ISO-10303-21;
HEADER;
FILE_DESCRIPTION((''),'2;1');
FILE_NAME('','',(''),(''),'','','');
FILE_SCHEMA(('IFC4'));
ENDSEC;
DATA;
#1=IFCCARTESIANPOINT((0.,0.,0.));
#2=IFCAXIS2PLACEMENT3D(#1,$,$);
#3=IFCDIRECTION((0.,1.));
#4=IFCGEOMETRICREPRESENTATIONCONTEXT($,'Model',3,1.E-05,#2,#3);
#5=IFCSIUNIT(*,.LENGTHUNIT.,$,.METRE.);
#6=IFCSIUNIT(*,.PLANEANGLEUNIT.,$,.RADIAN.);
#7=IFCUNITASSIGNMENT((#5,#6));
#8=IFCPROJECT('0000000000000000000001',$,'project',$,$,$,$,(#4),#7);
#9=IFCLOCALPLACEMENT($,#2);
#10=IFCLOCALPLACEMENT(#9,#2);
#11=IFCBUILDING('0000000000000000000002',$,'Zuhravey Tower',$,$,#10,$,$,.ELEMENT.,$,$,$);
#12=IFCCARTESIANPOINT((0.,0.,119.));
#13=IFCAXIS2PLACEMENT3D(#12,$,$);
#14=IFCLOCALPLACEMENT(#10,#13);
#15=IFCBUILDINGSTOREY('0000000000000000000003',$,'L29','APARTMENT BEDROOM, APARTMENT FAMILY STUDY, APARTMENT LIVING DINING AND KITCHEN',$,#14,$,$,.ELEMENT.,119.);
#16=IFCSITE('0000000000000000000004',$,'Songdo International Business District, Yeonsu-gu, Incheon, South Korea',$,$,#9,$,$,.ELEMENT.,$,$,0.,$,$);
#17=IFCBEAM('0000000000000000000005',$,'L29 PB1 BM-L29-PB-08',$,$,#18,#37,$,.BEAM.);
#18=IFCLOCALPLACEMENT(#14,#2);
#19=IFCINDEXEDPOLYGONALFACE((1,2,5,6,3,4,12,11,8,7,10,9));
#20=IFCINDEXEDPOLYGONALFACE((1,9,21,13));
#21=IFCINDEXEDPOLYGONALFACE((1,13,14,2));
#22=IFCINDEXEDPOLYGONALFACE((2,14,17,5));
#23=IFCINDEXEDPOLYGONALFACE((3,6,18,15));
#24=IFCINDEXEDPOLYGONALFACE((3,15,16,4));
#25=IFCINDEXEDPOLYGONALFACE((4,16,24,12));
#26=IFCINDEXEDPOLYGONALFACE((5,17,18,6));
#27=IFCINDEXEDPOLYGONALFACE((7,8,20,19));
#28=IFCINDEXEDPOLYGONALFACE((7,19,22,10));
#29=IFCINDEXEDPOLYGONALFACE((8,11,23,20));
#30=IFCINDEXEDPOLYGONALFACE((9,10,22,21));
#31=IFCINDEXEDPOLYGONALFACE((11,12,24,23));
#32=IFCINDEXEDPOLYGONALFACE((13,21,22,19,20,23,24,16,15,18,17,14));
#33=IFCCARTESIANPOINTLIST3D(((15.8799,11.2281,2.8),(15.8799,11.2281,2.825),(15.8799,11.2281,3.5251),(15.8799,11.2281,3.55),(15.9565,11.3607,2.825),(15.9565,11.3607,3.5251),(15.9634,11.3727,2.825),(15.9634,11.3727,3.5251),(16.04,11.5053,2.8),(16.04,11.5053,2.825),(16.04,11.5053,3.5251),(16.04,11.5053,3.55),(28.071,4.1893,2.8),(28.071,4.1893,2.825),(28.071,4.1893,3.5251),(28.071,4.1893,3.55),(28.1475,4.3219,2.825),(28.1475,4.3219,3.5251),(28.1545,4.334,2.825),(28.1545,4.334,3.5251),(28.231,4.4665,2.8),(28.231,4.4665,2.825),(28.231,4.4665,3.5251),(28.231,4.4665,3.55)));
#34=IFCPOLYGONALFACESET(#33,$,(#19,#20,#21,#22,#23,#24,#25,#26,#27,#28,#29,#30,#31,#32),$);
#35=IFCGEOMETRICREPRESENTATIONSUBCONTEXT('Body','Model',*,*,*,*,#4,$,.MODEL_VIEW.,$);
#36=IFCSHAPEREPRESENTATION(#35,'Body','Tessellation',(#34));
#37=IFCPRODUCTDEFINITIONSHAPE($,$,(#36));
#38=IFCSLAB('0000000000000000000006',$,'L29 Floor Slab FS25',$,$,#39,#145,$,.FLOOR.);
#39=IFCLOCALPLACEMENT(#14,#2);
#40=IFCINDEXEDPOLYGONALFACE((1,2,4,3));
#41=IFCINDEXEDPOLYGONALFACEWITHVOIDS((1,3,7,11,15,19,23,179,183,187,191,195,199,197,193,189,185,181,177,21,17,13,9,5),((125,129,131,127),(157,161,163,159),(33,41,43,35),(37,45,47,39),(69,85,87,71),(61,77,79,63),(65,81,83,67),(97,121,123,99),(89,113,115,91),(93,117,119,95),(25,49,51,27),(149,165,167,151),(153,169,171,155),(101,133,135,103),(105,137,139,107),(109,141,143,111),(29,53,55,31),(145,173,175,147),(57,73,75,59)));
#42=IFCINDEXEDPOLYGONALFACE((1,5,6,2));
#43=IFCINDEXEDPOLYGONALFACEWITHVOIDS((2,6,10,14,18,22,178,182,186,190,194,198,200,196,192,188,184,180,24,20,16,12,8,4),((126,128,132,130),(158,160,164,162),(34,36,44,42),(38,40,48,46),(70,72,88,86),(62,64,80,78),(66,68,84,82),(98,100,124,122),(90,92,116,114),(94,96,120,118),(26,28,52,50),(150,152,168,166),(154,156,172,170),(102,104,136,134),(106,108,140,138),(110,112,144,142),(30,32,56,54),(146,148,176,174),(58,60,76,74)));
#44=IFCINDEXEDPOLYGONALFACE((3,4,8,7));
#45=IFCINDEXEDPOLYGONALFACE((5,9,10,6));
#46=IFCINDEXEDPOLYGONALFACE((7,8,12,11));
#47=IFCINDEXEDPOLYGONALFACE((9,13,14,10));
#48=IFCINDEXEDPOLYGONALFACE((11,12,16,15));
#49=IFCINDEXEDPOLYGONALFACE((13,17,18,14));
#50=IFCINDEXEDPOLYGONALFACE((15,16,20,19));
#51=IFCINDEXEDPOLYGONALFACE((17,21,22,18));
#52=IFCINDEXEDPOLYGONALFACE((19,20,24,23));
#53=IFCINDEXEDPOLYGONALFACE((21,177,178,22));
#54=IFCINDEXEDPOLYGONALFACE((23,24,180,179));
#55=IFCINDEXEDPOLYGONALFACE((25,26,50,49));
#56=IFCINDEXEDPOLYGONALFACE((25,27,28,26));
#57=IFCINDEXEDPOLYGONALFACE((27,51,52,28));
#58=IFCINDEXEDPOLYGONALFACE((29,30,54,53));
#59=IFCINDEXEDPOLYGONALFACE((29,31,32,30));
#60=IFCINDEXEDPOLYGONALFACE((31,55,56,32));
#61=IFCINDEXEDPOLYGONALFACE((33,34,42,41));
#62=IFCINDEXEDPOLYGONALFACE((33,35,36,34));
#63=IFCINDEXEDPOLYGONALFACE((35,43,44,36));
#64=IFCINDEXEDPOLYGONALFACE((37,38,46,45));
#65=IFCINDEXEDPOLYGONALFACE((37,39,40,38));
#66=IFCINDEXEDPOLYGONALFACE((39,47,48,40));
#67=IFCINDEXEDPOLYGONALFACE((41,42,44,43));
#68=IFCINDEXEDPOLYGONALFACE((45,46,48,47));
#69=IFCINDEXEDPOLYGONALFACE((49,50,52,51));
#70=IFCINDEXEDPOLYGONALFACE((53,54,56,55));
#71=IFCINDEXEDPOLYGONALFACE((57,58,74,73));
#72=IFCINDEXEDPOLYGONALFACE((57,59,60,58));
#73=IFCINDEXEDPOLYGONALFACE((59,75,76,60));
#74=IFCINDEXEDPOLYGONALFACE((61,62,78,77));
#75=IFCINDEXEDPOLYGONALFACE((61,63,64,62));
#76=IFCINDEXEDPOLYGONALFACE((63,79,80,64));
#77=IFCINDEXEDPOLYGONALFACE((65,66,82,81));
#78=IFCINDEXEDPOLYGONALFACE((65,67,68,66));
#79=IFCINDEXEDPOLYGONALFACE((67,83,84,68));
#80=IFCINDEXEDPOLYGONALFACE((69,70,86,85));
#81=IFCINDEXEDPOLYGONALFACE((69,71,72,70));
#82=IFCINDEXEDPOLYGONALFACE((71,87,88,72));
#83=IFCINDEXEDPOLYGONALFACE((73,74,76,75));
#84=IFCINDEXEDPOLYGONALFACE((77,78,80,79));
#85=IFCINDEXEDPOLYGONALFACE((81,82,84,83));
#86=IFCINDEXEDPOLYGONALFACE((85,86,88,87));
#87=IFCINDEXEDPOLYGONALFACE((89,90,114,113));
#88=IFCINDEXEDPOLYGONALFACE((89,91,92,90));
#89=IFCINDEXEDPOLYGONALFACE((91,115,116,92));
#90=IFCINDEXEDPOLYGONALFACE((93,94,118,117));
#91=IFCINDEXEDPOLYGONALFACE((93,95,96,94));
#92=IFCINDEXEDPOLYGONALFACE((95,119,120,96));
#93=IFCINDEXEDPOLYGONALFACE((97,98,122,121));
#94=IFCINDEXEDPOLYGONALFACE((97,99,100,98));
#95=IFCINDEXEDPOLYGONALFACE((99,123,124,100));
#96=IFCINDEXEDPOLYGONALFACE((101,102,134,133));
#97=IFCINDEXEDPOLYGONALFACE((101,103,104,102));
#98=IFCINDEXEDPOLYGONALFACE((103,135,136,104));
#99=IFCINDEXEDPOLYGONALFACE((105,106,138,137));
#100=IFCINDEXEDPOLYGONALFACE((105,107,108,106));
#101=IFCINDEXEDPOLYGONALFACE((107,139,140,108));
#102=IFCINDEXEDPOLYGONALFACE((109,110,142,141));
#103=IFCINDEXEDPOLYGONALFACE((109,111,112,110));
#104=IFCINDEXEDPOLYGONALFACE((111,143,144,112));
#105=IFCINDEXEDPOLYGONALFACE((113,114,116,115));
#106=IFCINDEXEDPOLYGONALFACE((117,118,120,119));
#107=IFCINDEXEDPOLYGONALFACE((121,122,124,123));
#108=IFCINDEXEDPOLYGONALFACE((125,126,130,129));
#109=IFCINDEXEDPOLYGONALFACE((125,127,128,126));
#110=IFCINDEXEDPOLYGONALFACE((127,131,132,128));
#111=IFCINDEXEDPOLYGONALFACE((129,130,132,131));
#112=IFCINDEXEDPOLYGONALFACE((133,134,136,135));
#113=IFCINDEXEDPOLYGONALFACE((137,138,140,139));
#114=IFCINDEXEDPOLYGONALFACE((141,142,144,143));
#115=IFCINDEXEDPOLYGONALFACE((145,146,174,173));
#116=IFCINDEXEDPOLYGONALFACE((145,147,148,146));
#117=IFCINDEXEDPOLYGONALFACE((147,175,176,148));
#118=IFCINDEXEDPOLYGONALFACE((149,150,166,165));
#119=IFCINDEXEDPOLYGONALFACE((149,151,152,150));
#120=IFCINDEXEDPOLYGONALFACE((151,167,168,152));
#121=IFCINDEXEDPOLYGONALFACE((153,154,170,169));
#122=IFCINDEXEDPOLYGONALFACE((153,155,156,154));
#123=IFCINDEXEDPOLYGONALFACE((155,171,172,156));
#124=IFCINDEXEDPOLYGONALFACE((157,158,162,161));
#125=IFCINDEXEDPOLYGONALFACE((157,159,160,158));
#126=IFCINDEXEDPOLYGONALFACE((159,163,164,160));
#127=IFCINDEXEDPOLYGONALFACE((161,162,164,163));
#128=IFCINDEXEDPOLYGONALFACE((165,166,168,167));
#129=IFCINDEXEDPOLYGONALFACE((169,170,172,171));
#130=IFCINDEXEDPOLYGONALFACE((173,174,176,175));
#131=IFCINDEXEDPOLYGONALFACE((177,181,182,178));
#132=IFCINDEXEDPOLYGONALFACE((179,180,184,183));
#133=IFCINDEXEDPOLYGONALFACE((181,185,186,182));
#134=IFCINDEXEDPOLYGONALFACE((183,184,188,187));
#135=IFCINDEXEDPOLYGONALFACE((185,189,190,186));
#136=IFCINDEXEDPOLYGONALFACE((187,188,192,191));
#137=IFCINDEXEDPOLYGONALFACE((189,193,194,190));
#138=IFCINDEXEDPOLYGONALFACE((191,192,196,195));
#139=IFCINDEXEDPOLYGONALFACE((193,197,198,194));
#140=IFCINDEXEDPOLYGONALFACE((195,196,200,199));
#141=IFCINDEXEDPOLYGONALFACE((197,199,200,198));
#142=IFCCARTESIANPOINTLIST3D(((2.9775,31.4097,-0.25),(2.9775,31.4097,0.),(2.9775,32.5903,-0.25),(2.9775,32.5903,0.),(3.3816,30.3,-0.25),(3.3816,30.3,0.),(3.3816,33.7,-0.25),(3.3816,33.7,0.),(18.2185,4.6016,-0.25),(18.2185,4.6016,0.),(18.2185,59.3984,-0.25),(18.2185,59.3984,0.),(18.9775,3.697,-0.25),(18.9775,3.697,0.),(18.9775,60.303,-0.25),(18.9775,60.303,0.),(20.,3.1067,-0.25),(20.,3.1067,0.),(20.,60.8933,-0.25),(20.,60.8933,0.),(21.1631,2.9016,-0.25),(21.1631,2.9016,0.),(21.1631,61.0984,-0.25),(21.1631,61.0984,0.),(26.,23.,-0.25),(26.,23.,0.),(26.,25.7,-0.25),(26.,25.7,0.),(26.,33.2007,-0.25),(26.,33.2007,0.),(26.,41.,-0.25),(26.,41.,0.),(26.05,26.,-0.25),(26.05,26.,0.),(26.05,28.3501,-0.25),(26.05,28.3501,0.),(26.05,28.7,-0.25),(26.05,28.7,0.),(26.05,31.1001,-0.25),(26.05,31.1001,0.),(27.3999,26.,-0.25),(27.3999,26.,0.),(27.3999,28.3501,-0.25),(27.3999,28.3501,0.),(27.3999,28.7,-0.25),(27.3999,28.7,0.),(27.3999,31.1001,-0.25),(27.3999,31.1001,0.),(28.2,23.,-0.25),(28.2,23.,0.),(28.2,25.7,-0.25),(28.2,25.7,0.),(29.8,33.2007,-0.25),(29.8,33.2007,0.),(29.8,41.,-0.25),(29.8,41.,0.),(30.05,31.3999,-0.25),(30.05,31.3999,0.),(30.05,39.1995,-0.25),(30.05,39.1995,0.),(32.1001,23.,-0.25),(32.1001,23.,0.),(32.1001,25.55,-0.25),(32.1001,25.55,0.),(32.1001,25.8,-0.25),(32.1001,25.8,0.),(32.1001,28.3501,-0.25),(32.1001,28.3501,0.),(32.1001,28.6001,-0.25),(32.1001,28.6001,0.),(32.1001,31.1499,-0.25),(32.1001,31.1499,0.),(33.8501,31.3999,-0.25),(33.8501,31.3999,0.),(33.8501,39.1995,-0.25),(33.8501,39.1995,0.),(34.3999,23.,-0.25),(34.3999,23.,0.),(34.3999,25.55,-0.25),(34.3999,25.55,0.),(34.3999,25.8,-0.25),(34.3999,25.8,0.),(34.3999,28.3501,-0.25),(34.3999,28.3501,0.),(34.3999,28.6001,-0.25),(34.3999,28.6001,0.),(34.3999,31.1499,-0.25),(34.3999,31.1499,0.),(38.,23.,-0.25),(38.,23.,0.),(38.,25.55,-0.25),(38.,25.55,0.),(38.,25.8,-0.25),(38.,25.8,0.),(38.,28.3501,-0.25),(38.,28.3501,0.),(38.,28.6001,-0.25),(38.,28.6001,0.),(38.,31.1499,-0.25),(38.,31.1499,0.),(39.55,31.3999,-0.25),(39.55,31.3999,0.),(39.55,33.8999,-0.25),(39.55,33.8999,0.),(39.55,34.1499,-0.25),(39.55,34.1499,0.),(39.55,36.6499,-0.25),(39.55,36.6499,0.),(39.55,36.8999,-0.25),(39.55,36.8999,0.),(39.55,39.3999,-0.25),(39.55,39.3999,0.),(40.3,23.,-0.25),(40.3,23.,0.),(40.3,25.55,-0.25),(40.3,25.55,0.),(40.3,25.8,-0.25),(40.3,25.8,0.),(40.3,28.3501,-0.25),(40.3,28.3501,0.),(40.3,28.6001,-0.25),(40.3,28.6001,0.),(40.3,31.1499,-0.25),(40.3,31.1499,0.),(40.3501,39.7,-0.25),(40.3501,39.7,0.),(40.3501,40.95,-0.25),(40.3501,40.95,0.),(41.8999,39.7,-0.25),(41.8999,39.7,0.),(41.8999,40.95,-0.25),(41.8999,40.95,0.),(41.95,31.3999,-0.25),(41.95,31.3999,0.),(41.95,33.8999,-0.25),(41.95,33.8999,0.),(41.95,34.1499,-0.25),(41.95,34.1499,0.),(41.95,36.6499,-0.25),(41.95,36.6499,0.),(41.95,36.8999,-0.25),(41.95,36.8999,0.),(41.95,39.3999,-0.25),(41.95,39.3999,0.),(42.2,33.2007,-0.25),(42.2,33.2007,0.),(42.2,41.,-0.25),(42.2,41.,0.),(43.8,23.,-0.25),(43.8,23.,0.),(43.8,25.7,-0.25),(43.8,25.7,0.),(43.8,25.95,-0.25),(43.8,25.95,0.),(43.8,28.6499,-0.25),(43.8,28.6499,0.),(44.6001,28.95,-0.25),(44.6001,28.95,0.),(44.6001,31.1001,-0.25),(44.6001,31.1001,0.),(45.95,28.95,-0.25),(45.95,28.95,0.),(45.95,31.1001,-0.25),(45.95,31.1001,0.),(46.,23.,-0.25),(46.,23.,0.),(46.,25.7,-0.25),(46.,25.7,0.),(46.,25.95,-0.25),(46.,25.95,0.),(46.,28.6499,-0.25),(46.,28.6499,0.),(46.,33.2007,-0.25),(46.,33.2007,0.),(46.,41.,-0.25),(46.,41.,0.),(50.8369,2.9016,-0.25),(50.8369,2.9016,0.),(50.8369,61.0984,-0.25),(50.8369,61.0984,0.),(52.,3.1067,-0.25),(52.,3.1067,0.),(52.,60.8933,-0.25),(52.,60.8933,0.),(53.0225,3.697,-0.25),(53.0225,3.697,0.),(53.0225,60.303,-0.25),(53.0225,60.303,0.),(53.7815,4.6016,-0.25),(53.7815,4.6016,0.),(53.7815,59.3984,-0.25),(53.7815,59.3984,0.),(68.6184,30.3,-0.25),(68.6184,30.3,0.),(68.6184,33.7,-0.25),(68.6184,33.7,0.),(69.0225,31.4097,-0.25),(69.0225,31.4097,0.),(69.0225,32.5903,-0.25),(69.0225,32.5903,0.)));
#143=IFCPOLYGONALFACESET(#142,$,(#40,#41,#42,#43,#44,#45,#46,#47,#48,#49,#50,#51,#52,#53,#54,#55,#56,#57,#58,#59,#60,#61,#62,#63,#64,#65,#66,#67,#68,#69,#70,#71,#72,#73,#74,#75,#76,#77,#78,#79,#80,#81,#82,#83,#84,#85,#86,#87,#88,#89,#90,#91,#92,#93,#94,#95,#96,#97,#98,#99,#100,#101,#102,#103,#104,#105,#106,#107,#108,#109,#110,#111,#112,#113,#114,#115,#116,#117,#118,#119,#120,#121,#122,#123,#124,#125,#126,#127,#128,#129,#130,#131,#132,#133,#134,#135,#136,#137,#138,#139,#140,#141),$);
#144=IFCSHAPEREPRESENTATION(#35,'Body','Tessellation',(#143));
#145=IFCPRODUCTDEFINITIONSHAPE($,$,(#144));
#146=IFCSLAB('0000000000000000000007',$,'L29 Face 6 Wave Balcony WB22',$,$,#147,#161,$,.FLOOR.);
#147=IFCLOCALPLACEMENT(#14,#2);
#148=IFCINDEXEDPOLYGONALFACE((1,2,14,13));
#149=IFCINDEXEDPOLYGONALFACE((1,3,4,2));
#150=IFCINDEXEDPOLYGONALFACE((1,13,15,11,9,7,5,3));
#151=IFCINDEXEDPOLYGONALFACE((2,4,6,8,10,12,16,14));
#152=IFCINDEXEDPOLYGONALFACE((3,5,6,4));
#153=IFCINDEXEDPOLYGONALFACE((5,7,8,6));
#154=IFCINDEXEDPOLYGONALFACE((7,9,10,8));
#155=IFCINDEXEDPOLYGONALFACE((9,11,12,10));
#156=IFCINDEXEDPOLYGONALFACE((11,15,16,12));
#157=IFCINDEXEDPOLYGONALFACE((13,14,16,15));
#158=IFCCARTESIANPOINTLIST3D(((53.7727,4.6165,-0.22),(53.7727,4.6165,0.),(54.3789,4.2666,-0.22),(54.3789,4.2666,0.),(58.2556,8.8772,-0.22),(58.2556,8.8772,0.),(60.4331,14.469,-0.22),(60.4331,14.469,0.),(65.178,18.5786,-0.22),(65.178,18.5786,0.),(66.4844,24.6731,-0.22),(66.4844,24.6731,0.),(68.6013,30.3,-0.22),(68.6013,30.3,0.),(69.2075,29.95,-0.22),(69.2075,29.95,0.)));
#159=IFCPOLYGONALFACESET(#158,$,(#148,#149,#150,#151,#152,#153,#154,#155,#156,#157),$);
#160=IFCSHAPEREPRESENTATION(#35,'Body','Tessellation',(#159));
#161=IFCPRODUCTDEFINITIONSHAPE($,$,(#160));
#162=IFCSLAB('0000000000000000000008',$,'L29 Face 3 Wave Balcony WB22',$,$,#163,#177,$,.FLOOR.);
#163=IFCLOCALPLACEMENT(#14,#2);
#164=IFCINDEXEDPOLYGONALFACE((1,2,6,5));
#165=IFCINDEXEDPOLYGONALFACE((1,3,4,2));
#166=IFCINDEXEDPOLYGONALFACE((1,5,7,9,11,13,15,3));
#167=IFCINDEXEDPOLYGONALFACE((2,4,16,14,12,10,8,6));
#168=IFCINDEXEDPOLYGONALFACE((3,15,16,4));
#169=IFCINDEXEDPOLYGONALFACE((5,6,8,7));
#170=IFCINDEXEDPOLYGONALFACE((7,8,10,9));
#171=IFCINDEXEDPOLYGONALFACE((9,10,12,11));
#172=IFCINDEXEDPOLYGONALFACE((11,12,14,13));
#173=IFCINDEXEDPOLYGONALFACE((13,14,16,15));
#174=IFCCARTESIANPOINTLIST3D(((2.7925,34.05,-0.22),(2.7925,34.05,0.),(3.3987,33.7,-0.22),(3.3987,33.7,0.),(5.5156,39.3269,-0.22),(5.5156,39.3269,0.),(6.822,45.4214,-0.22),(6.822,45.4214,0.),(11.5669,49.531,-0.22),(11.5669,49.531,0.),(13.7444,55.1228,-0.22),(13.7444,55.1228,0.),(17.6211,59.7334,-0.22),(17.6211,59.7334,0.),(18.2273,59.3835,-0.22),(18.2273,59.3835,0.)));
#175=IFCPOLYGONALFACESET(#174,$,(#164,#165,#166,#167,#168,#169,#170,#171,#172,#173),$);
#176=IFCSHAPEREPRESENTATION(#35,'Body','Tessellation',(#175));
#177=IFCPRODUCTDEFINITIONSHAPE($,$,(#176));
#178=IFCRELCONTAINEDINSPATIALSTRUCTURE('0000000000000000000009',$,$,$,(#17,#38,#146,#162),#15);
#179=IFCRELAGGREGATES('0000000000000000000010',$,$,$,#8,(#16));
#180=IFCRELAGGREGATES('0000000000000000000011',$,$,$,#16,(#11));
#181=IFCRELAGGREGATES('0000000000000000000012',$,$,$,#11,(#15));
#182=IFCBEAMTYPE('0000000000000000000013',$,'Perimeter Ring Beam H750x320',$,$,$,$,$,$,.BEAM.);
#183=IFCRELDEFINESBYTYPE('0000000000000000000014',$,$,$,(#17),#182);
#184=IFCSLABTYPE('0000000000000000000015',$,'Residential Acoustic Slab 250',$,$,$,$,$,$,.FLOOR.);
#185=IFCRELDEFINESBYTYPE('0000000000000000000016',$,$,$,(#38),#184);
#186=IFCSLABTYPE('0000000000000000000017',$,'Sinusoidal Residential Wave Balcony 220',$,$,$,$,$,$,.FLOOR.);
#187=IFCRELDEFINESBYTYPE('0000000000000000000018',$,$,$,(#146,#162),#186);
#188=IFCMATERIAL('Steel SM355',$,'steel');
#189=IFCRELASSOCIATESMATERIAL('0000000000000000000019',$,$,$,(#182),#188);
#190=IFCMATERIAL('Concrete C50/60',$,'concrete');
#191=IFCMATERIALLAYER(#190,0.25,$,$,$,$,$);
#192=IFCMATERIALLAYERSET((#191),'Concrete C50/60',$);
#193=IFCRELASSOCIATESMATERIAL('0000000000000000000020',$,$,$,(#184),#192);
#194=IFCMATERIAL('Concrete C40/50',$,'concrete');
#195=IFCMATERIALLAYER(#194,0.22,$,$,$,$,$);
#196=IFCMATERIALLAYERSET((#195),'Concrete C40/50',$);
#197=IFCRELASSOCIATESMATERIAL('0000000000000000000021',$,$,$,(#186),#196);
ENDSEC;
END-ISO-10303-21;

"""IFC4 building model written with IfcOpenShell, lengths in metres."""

from ifc_helpers import new_model, si_unit, direction, frame, origin, origin_2d, place, context, subcontext, project, spatial, polyline, i_section, outline, extrude, material, layer, layer_set, material_profile, profile_set, type_object, element, save


model = new_model("IFC4")

# Units and contexts
model_context = context("Model", 3, precision=1e-05, world=origin(), true_north=direction((0.0, 1.0)))
body_context = subcontext(model_context, "Body", "Model", "MODEL_VIEW")
ifc_project = project(units=[si_unit("LENGTHUNIT", "METRE"), si_unit("PLANEANGLEUNIT", "RADIAN")], contexts=[model_context])

# Site, building, storey
site_placement = place(None, origin())
site = spatial("IfcSite", under=ifc_project, at=site_placement, Name="Songdo International Business District, Yeonsu-gu, Incheon, South Korea", CompositionType="ELEMENT", RefElevation=0.0)
building_placement = place(site_placement, origin())
building = spatial("IfcBuilding", under=site, at=building_placement, Name="Zuhravey Tower", CompositionType="ELEMENT")
storey_placement = place(building_placement, frame((0.0, 0.0, 119.0)))
storey = spatial("IfcBuildingStorey", under=building, at=storey_placement, Name="L29", Description="APARTMENT BEDROOM, APARTMENT FAMILY STUDY, APARTMENT LIVING DINING AND KITCHEN", CompositionType="ELEMENT", Elevation=119.0)

# Beam
ifc_material_1 = material(Name="Steel SM355", Category="steel")
ifc_material_profile_1 = material_profile(ifc_material_1, i_section(OverallWidth=0.3201, OverallDepth=0.75, WebThickness=0.0139, FlangeThickness=0.0249, at=origin_2d()), Name="H-750x320x14x25")
ifc_profile_set_1 = profile_set([ifc_material_profile_1], Name="Steel SM355")
beam_type_1 = type_object("IfcBeamType", Name="Perimeter Ring Beam H750x320", PredefinedType="BEAM", material=ifc_profile_set_1)
beam_1_placement = place(storey_placement, frame((15.96, 11.3667, 3.175), z_axis=(0.866018, -0.500013, 0.0), x_axis=(0.500013, 0.866018, 0.0)))
element("IfcBeam", 1, at=beam_1_placement, inside=storey, type_object=beam_type_1, Name="L29 PB1 BM-L29-PB-08", PredefinedType="BEAM", context=body_context, shape_type="SweptSolid", body=[
    extrude(i_section(OverallWidth=0.3201, OverallDepth=0.75, WebThickness=0.0139, FlangeThickness=0.0249, at=origin_2d()), origin(), (0.0, 0.0, 1.0), 14.0771),
])

# Slabs
ifc_material_2 = material(Name="Concrete C50/60", Category="concrete")
ifc_layer_1 = layer(ifc_material_2, 0.25)
ifc_layer_set_1 = layer_set([ifc_layer_1], Name="Concrete C50/60")
slab_type_1 = type_object("IfcSlabType", Name="Residential Acoustic Slab 250", PredefinedType="FLOOR", material=ifc_layer_set_1)
slab_1_placement = place(storey_placement, frame((0.0, 0.0, -0.25)))
element("IfcSlab", 2, at=slab_1_placement, inside=storey, type_object=slab_type_1, Name="L29 Floor Slab FS25", PredefinedType="FLOOR", context=body_context, shape_type="SweptSolid", body=[
    extrude(outline(polyline([(68.6184, 30.3), (69.0225, 31.4097), (69.0225, 32.5903), (68.6184, 33.7), (53.7815, 59.3984), (53.0225, 60.303), (52.0, 60.8933), (50.8369, 61.0984), (21.1631, 61.0984), (20.0, 60.8933), (18.9775, 60.303), (18.2185, 59.3984), (3.3816, 33.7), (2.9775, 32.5903), (2.9775, 31.4097), (3.3816, 30.3), (18.2185, 4.6016), (18.9775, 3.697), (20.0, 3.1067), (21.1631, 2.9016), (50.8369, 2.9016), (52.0, 3.1067), (53.0225, 3.697), (53.7815, 4.6016), (68.6184, 30.3)]), holes=[polyline([(29.8, 33.2007), (29.8, 41.0), (26.0, 41.0), (26.0, 33.2007), (29.8, 33.2007)]), polyline([(46.0, 33.2007), (46.0, 41.0), (42.2, 41.0), (42.2, 33.2007), (46.0, 33.2007)]), polyline([(30.05, 39.1995), (30.05, 31.3999), (33.8501, 31.3999), (33.8501, 39.1995), (30.05, 39.1995)]), polyline([(32.1001, 23.0), (34.3999, 23.0), (34.3999, 25.55), (32.1001, 25.55), (32.1001, 23.0)]), polyline([(32.1001, 25.8), (34.3999, 25.8), (34.3999, 28.3501), (32.1001, 28.3501), (32.1001, 25.8)]), polyline([(32.1001, 28.6001), (34.3999, 28.6001), (34.3999, 31.1499), (32.1001, 31.1499), (32.1001, 28.6001)]), polyline([(38.0, 23.0), (40.3, 23.0), (40.3, 25.55), (38.0, 25.55), (38.0, 23.0)]), polyline([(38.0, 25.8), (40.3, 25.8), (40.3, 28.3501), (38.0, 28.3501), (38.0, 25.8)]), polyline([(38.0, 28.6001), (40.3, 28.6001), (40.3, 31.1499), (38.0, 31.1499), (38.0, 28.6001)]), polyline([(39.55, 31.3999), (41.95, 31.3999), (41.95, 33.8999), (39.55, 33.8999), (39.55, 31.3999)]), polyline([(39.55, 34.1499), (41.95, 34.1499), (41.95, 36.6499), (39.55, 36.6499), (39.55, 34.1499)]), polyline([(39.55, 36.8999), (41.95, 36.8999), (41.95, 39.3999), (39.55, 39.3999), (39.55, 36.8999)]), polyline([(26.0, 23.0), (28.2, 23.0), (28.2, 25.7), (26.0, 25.7), (26.0, 23.0)]), polyline([(43.8, 23.0), (46.0, 23.0), (46.0, 25.7), (43.8, 25.7), (43.8, 23.0)]), polyline([(43.8, 25.95), (46.0, 25.95), (46.0, 28.6499), (43.8, 28.6499), (43.8, 25.95)]), polyline([(26.05, 26.0), (27.3999, 26.0), (27.3999, 28.3501), (26.05, 28.3501), (26.05, 26.0)]), polyline([(26.05, 28.7), (27.3999, 28.7), (27.3999, 31.1001), (26.05, 31.1001), (26.05, 28.7)]), polyline([(44.6001, 28.95), (45.95, 28.95), (45.95, 31.1001), (44.6001, 31.1001), (44.6001, 28.95)]), polyline([(40.3501, 39.7), (41.8999, 39.7), (41.8999, 40.95), (40.3501, 40.95), (40.3501, 39.7)])]), origin(), (0.0, 0.0, 1.0), 0.25),
])
ifc_material_3 = material(Name="Concrete C40/50", Category="concrete")
ifc_layer_2 = layer(ifc_material_3, 0.22)
ifc_layer_set_2 = layer_set([ifc_layer_2], Name="Concrete C40/50")
slab_type_2 = type_object("IfcSlabType", Name="Sinusoidal Residential Wave Balcony 220", PredefinedType="FLOOR", material=ifc_layer_set_2)
slab_2_placement = place(storey_placement, frame((0.0, 0.0, -0.22)))
element("IfcSlab", 3, at=slab_2_placement, inside=storey, type_object=slab_type_2, Name="L29 Face 6 Wave Balcony WB22", PredefinedType="FLOOR", context=body_context, shape_type="SweptSolid", body=[
    extrude(outline(polyline([(53.7727, 4.6165), (68.6013, 30.3), (69.2075, 29.95), (66.4844, 24.6731), (65.178, 18.5786), (60.4331, 14.469), (58.2556, 8.8772), (54.3789, 4.2666), (53.7727, 4.6165)])), origin(), (0.0, 0.0, 1.0), 0.22),
])
slab_3_placement = place(storey_placement, frame((0.0, 0.0, -0.22)))
element("IfcSlab", 4, at=slab_3_placement, inside=storey, type_object=slab_type_2, Name="L29 Face 3 Wave Balcony WB22", PredefinedType="FLOOR", context=body_context, shape_type="SweptSolid", body=[
    extrude(outline(polyline([(18.2273, 59.3835), (3.3987, 33.7), (2.7925, 34.05), (5.5156, 39.3269), (6.822, 45.4214), (11.5669, 49.531), (13.7444, 55.1228), (17.6211, 59.7334), (18.2273, 59.3835)])), origin(), (0.0, 0.0, 1.0), 0.22),
])

save(model, "model.ifc")
